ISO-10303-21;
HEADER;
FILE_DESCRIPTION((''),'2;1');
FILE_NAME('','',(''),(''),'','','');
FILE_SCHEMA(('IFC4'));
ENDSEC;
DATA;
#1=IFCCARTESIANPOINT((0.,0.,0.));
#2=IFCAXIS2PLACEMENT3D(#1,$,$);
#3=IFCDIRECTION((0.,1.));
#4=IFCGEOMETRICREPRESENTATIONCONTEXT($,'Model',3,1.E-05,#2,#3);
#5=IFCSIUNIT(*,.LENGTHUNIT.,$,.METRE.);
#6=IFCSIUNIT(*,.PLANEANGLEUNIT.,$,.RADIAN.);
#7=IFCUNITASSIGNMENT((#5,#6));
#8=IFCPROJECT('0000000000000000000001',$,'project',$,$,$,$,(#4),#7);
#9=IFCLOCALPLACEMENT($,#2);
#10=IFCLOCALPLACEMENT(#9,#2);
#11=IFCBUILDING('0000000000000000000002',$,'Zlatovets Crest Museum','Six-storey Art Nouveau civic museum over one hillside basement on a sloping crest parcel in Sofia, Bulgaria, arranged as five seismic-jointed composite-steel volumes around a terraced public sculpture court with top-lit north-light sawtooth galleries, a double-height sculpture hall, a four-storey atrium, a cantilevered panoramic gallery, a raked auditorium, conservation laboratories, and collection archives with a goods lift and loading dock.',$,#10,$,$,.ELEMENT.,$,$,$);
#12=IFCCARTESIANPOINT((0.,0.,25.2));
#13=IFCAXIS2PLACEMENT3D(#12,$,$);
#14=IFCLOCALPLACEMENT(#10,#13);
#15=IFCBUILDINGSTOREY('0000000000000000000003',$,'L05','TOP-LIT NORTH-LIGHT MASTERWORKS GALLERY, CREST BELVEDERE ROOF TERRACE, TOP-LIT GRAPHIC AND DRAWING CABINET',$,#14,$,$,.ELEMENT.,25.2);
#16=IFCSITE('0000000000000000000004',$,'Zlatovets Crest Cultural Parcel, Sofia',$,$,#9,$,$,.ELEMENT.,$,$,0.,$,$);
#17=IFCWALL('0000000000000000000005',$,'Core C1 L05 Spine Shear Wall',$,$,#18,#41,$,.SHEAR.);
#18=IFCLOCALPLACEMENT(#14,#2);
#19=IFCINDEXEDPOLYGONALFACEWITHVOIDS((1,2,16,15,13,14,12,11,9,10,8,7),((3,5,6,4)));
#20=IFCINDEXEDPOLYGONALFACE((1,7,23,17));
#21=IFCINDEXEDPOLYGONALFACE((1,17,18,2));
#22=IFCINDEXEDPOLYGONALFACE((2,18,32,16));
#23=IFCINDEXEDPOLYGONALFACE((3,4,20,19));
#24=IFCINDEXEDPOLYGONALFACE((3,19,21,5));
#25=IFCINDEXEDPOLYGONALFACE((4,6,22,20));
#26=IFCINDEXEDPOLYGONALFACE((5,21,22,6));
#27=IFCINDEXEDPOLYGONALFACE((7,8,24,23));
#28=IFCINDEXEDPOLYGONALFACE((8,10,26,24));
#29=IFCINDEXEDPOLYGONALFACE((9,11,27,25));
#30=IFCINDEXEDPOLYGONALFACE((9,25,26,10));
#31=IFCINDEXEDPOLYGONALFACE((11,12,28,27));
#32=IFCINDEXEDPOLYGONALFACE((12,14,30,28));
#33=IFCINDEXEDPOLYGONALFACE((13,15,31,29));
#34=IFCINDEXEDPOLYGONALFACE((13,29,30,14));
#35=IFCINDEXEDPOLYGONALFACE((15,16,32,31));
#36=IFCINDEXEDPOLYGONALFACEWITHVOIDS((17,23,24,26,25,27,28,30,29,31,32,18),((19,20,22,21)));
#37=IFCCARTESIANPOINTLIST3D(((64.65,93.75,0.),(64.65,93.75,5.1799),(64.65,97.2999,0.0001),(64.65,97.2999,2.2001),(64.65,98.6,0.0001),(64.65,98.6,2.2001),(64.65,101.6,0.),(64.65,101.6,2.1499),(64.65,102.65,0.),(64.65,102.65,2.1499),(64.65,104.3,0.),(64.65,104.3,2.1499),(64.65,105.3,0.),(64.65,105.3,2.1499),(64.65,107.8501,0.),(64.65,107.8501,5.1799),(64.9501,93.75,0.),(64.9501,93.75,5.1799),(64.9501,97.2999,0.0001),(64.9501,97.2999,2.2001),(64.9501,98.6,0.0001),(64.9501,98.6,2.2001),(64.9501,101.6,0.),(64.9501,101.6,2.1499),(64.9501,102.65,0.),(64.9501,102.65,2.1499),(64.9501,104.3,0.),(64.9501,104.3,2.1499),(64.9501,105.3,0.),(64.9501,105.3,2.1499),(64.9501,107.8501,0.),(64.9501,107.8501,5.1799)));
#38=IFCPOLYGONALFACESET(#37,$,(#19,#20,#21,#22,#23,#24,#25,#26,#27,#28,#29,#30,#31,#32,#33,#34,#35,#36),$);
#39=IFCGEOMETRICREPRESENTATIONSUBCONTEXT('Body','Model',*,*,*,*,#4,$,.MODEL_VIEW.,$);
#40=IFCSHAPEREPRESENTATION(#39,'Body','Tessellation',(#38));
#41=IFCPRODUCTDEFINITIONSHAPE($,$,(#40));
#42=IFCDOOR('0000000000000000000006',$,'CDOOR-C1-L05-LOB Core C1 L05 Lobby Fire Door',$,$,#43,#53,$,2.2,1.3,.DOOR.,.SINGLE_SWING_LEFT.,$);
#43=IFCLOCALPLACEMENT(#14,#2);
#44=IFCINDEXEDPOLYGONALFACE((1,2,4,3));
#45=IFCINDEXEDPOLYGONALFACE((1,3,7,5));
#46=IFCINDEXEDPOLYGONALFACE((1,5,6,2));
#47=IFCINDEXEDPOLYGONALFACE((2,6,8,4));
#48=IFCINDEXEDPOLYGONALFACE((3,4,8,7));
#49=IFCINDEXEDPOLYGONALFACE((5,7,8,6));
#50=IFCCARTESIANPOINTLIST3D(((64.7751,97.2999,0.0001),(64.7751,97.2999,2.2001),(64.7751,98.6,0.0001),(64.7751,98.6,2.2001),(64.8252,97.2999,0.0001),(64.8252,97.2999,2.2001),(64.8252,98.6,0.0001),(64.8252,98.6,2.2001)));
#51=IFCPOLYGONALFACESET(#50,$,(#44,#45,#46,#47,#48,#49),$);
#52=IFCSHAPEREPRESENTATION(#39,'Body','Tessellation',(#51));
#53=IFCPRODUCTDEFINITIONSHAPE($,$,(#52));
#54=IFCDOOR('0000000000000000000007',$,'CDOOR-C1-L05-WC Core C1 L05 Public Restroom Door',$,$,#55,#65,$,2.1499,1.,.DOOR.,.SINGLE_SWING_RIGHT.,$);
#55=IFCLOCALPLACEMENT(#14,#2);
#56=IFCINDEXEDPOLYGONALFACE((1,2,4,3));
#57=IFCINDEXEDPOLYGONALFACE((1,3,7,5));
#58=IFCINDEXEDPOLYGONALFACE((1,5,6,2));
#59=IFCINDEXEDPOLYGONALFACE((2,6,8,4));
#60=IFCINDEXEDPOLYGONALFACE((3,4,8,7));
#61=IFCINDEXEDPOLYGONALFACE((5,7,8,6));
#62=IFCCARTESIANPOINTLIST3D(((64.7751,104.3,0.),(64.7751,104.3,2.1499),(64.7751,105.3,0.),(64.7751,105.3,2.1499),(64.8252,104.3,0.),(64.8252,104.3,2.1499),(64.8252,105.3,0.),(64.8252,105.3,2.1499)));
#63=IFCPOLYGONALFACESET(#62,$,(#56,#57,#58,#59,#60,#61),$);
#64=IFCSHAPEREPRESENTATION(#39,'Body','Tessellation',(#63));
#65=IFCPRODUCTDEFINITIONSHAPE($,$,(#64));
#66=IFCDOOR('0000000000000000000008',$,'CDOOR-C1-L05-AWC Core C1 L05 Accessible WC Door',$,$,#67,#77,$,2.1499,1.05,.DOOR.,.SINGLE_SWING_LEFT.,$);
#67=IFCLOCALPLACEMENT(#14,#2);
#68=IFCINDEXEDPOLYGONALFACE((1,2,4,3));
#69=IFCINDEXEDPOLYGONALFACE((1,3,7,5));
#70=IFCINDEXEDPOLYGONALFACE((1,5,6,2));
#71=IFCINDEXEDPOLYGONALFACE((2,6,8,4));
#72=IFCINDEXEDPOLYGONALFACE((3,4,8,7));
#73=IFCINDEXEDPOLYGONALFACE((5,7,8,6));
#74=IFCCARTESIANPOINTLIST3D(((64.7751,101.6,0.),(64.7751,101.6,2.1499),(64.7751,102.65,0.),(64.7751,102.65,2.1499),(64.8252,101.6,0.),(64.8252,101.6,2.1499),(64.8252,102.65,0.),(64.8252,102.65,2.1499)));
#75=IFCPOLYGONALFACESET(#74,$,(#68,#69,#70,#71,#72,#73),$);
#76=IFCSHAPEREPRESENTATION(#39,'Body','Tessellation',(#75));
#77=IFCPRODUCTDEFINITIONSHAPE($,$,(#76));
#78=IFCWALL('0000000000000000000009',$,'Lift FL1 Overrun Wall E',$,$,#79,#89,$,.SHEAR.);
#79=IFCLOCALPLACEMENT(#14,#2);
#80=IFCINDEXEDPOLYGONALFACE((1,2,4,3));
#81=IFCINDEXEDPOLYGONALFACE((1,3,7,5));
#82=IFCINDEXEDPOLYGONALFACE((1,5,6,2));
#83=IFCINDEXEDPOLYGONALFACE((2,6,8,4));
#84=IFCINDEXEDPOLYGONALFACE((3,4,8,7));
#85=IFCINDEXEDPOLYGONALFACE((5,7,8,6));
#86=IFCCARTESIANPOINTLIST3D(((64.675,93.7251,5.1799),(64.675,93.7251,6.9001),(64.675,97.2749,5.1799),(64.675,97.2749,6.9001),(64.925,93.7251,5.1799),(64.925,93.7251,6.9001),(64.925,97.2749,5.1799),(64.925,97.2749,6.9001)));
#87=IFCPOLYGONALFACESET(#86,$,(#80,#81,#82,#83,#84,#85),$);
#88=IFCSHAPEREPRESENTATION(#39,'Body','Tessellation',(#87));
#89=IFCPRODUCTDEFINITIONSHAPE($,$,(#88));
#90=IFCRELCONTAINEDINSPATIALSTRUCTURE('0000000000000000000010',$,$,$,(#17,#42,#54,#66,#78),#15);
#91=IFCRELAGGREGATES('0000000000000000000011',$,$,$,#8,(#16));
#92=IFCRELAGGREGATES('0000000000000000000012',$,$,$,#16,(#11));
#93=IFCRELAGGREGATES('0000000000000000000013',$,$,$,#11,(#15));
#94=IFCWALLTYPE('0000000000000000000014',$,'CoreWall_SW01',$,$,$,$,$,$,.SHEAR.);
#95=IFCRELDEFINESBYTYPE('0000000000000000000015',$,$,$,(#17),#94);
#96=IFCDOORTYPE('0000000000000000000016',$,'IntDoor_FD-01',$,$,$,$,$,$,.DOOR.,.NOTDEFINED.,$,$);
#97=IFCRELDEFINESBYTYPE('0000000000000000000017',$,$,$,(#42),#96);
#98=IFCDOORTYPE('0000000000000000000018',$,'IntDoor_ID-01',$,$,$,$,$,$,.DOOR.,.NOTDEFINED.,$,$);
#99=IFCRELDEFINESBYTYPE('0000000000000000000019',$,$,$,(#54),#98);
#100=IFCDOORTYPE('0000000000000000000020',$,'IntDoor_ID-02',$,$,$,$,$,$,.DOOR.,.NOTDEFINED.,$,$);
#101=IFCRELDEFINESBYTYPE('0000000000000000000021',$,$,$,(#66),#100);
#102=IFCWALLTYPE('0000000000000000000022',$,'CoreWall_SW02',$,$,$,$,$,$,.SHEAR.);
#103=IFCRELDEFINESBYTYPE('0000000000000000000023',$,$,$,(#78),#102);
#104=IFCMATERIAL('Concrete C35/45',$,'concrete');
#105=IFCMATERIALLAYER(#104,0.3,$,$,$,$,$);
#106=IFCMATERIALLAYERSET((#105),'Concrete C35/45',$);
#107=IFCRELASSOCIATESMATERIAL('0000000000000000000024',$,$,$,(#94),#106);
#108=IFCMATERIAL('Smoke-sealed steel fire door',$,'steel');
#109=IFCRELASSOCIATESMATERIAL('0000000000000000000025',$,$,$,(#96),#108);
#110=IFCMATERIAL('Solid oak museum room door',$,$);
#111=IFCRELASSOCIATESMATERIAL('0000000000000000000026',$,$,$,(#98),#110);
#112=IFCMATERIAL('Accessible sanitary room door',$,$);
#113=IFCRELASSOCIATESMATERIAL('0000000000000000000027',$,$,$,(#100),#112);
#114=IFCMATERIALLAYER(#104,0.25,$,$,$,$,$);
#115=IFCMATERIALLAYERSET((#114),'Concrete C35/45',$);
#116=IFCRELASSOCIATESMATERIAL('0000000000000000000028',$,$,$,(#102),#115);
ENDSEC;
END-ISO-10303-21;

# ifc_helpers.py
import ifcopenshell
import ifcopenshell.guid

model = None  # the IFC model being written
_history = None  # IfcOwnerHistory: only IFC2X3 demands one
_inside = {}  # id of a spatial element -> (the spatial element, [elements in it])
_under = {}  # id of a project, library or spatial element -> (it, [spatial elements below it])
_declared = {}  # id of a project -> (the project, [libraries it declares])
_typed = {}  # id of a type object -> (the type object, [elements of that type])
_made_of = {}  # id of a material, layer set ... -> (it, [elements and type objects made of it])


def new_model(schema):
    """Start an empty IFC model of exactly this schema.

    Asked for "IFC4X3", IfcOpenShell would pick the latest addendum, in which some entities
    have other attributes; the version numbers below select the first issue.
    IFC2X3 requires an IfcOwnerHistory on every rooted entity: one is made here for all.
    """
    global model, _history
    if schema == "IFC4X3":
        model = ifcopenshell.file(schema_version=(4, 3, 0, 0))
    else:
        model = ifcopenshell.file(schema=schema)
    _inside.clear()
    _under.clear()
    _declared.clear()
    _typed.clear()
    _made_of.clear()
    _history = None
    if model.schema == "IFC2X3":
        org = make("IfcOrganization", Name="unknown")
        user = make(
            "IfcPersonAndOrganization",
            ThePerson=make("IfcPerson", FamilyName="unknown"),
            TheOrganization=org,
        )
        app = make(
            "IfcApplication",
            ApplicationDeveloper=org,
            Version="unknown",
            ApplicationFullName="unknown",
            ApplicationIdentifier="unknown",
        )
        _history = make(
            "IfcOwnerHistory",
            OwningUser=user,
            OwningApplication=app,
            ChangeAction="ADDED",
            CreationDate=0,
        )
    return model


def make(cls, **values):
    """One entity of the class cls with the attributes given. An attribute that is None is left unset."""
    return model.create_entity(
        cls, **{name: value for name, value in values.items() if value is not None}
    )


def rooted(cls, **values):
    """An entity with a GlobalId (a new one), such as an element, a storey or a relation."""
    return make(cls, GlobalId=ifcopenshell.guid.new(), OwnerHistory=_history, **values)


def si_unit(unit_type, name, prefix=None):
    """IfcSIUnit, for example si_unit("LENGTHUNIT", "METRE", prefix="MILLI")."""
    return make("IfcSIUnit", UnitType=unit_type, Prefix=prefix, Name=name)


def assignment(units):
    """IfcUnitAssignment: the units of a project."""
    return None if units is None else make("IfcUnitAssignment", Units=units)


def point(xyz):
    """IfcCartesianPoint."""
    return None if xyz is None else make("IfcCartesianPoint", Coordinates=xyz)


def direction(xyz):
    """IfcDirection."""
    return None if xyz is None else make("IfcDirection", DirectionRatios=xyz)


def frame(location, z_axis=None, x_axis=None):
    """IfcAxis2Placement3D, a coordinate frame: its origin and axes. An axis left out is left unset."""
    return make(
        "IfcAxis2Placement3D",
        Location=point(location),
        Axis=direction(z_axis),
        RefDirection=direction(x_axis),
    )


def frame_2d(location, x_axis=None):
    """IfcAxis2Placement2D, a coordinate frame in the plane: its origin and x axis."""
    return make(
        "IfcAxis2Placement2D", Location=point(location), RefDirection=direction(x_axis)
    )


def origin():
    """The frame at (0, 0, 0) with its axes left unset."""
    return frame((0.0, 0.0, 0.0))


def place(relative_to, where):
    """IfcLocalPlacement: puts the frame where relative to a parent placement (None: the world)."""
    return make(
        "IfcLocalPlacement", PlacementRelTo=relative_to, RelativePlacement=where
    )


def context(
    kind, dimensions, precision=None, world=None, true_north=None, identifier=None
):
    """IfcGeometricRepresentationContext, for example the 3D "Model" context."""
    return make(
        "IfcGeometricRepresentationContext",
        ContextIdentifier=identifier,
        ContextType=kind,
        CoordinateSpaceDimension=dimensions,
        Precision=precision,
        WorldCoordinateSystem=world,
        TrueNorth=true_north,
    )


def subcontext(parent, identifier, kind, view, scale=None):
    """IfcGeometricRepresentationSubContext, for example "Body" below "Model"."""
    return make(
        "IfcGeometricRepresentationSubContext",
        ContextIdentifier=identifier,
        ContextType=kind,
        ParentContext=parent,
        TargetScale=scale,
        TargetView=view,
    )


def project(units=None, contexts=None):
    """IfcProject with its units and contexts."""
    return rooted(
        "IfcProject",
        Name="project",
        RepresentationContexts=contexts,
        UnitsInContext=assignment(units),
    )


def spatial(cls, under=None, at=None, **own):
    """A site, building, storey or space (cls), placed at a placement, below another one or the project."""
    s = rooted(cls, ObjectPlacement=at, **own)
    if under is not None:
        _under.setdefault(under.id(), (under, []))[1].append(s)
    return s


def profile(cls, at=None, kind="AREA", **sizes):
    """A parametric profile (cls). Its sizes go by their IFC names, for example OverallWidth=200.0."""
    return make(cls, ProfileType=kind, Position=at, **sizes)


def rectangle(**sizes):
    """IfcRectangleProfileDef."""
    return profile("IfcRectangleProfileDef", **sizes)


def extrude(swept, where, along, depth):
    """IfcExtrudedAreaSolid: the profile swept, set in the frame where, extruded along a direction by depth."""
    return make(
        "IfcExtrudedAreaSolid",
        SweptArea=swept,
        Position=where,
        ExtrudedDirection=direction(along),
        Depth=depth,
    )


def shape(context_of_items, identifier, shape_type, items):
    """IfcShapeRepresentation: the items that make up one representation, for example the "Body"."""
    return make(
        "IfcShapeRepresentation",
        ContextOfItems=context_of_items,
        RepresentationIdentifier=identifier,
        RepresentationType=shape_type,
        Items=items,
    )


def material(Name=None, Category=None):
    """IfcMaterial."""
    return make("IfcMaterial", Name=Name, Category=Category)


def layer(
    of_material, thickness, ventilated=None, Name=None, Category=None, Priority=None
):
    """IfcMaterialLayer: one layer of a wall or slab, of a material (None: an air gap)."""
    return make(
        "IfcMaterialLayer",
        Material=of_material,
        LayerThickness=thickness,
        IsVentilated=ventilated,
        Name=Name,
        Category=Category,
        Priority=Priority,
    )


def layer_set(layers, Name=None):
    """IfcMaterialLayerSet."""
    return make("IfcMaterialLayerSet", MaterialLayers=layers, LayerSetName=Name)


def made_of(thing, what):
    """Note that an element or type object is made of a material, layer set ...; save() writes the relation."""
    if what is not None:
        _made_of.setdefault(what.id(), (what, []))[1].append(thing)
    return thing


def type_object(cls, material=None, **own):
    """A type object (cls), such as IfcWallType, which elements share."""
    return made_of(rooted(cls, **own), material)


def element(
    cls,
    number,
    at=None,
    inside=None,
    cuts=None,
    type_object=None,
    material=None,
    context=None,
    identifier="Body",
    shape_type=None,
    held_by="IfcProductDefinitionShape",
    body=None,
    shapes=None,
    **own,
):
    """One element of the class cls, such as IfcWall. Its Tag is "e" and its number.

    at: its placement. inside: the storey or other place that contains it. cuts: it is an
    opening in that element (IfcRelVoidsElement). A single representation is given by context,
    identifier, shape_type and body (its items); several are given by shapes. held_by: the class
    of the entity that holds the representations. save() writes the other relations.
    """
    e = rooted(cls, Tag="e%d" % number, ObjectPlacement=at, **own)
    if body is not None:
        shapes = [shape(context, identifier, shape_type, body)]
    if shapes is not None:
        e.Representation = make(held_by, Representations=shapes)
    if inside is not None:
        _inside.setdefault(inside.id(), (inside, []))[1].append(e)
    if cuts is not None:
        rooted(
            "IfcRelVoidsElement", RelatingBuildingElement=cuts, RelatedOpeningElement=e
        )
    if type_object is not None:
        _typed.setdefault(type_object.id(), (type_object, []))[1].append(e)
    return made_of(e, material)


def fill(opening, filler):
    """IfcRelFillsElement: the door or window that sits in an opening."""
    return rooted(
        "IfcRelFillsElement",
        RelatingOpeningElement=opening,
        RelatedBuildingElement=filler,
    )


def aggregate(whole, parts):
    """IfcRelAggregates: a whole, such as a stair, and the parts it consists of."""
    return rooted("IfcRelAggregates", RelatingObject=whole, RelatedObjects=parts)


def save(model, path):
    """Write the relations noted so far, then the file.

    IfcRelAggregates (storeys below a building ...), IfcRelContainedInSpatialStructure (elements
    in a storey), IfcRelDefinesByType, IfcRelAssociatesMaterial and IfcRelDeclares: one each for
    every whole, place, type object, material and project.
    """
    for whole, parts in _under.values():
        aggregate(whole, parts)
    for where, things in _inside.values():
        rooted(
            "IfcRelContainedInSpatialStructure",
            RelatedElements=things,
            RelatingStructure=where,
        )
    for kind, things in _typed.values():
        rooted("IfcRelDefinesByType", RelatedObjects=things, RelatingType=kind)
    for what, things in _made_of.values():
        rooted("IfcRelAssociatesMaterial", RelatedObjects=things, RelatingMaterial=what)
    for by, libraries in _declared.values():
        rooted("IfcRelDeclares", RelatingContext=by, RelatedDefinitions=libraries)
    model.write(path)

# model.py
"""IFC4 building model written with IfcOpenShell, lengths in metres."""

from ifc_helpers import new_model, si_unit, direction, frame, frame_2d, origin, place, context, subcontext, project, spatial, rectangle, extrude, material, layer, layer_set, type_object, element, fill, save


model = new_model("IFC4")

# Units and contexts
model_context = context("Model", 3, precision=1e-05, world=origin(), true_north=direction((0.0, 1.0)))
body_context = subcontext(model_context, "Body", "Model", "MODEL_VIEW")
ifc_project = project(units=[si_unit("LENGTHUNIT", "METRE"), si_unit("PLANEANGLEUNIT", "RADIAN")], contexts=[model_context])

# Site, building, storey
site_placement = place(None, origin())
site = spatial("IfcSite", under=ifc_project, at=site_placement, Name="Zlatovets Crest Cultural Parcel, Sofia", CompositionType="ELEMENT", RefElevation=0.0)
building_placement = place(site_placement, origin())
building = spatial("IfcBuilding", under=site, at=building_placement, Name="Zlatovets Crest Museum", Description="Six-storey Art Nouveau civic museum over one hillside basement on a sloping crest parcel in Sofia, Bulgaria, arranged as five seismic-jointed composite-steel volumes around a terraced public sculpture court with top-lit north-light sawtooth galleries, a double-height sculpture hall, a four-storey atrium, a cantilevered panoramic gallery, a raked auditorium, conservation laboratories, and collection archives with a goods lift and loading dock.", CompositionType="ELEMENT")
storey_placement = place(building_placement, frame((0.0, 0.0, 25.2)))
storey = spatial("IfcBuildingStorey", under=building, at=storey_placement, Name="L05", Description="TOP-LIT NORTH-LIGHT MASTERWORKS GALLERY, CREST BELVEDERE ROOF TERRACE, TOP-LIT GRAPHIC AND DRAWING CABINET", CompositionType="ELEMENT", Elevation=25.2)

# Wall, openings, doors
ifc_material_1 = material(Name="Concrete C35/45", Category="concrete")
ifc_layer_1 = layer(ifc_material_1, 0.3)
ifc_layer_set_1 = layer_set([ifc_layer_1], Name="Concrete C35/45")
wall_type_1 = type_object("IfcWallType", Name="CoreWall_SW01", PredefinedType="SHEAR", material=ifc_layer_set_1)
wall_1_placement = place(storey_placement, frame((64.8, 93.75, 0.0), z_axis=(0.0, 0.0, 1.0), x_axis=(0.0, 1.0, 0.0)))
wall_1 = element("IfcWall", 1, at=wall_1_placement, inside=storey, type_object=wall_type_1, Name="Core C1 L05 Spine Shear Wall", PredefinedType="SHEAR", context=body_context, shape_type="SweptSolid", body=[
    extrude(rectangle(XDim=14.1001, YDim=0.3, at=frame_2d((7.05, 0.0))), origin(), (0.0, 0.0, 1.0), 5.1799),
])
opening_1_placement = place(wall_1_placement, frame((3.55, 0.0, 0.0)))
opening_1 = element("IfcOpeningElement", 2, at=opening_1_placement, cuts=wall_1, PredefinedType="OPENING", context=body_context, shape_type="SweptSolid", body=[
    extrude(rectangle(XDim=1.3, YDim=2.2, at=frame_2d((0.6499, 1.1001))), frame((0.0, 0.1602, 0.0), z_axis=(0.0, -1.0, 0.0), x_axis=(1.0, 0.0, 0.0)), (0.0, 0.0, 1.0), 0.3201),
])
opening_2_placement = place(wall_1_placement, frame((7.8501, 0.0, 0.0)))
opening_2 = element("IfcOpeningElement", 3, at=opening_2_placement, cuts=wall_1, PredefinedType="OPENING", context=body_context, shape_type="SweptSolid", body=[
    extrude(rectangle(XDim=1.05, YDim=2.1499, at=frame_2d((0.5249, 1.075))), frame((0.0, 0.1602, 0.0), z_axis=(0.0, -1.0, 0.0), x_axis=(1.0, 0.0, 0.0)), (0.0, 0.0, 1.0), 0.3201),
])
opening_3_placement = place(wall_1_placement, frame((10.55, 0.0, 0.0)))
opening_3 = element("IfcOpeningElement", 4, at=opening_3_placement, cuts=wall_1, PredefinedType="OPENING", context=body_context, shape_type="SweptSolid", body=[
    extrude(rectangle(XDim=1.0, YDim=2.1499, at=frame_2d((0.5, 1.075))), frame((0.0, 0.1602, 0.0), z_axis=(0.0, -1.0, 0.0), x_axis=(1.0, 0.0, 0.0)), (0.0, 0.0, 1.0), 0.3201),
])
ifc_material_2 = material(Name="Smoke-sealed steel fire door", Category="steel")
door_type_1 = type_object("IfcDoorType", Name="IntDoor_FD-01", OperationType="NOTDEFINED", PredefinedType="DOOR", material=ifc_material_2)
door_1_placement = place(opening_1_placement, origin())
door_1 = element("IfcDoor", 5, at=door_1_placement, inside=storey, type_object=door_type_1, Name="CDOOR-C1-L05-LOB Core C1 L05 Lobby Fire Door", OperationType="SINGLE_SWING_LEFT", OverallHeight=2.2, OverallWidth=1.3, PredefinedType="DOOR", context=body_context, shape_type="SweptSolid", body=[
    extrude(rectangle(XDim=1.3, YDim=2.2, at=frame_2d((0.6499, 1.1001))), frame((0.0, 0.0249, 0.0), z_axis=(0.0, -1.0, 0.0), x_axis=(1.0, 0.0, 0.0)), (0.0, 0.0, 1.0), 0.05),
])
fill(opening_1, door_1)
ifc_material_3 = material(Name="Solid oak museum room door")
door_type_2 = type_object("IfcDoorType", Name="IntDoor_ID-01", OperationType="NOTDEFINED", PredefinedType="DOOR", material=ifc_material_3)
door_2_placement = place(opening_3_placement, origin())
door_2 = element("IfcDoor", 6, at=door_2_placement, inside=storey, type_object=door_type_2, Name="CDOOR-C1-L05-WC Core C1 L05 Public Restroom Door", OperationType="SINGLE_SWING_RIGHT", OverallHeight=2.1499, OverallWidth=1.0, PredefinedType="DOOR", context=body_context, shape_type="SweptSolid", body=[
    extrude(rectangle(XDim=1.0, YDim=2.1499, at=frame_2d((0.5, 1.075))), frame((0.0, 0.0249, 0.0), z_axis=(0.0, -1.0, 0.0), x_axis=(1.0, 0.0, 0.0)), (0.0, 0.0, 1.0), 0.05),
])
fill(opening_3, door_2)
ifc_material_4 = material(Name="Accessible sanitary room door")
door_type_3 = type_object("IfcDoorType", Name="IntDoor_ID-02", OperationType="NOTDEFINED", PredefinedType="DOOR", material=ifc_material_4)
door_3_placement = place(opening_2_placement, origin())
door_3 = element("IfcDoor", 7, at=door_3_placement, inside=storey, type_object=door_type_3, Name="CDOOR-C1-L05-AWC Core C1 L05 Accessible WC Door", OperationType="SINGLE_SWING_LEFT", OverallHeight=2.1499, OverallWidth=1.05, PredefinedType="DOOR", context=body_context, shape_type="SweptSolid", body=[
    extrude(rectangle(XDim=1.05, YDim=2.1499, at=frame_2d((0.5249, 1.075))), frame((0.0, 0.0249, 0.0), z_axis=(0.0, -1.0, 0.0), x_axis=(1.0, 0.0, 0.0)), (0.0, 0.0, 1.0), 0.05),
])
fill(opening_2, door_3)

# Wall
ifc_layer_2 = layer(ifc_material_1, 0.25)
ifc_layer_set_2 = layer_set([ifc_layer_2], Name="Concrete C35/45")
wall_type_2 = type_object("IfcWallType", Name="CoreWall_SW02", PredefinedType="SHEAR", material=ifc_layer_set_2)
wall_2_placement = place(storey_placement, frame((64.8, 93.7251, 5.1799), z_axis=(0.0, 0.0, 1.0), x_axis=(0.0, 1.0, 0.0)))
element("IfcWall", 8, at=wall_2_placement, inside=storey, type_object=wall_type_2, Name="Lift FL1 Overrun Wall E", PredefinedType="SHEAR", context=body_context, shape_type="SweptSolid", body=[
    extrude(rectangle(XDim=3.5498, YDim=0.25, at=frame_2d((1.7749, 0.0))), origin(), (0.0, 0.0, 1.0), 1.7202),
])

save(model, "model.ifc")
